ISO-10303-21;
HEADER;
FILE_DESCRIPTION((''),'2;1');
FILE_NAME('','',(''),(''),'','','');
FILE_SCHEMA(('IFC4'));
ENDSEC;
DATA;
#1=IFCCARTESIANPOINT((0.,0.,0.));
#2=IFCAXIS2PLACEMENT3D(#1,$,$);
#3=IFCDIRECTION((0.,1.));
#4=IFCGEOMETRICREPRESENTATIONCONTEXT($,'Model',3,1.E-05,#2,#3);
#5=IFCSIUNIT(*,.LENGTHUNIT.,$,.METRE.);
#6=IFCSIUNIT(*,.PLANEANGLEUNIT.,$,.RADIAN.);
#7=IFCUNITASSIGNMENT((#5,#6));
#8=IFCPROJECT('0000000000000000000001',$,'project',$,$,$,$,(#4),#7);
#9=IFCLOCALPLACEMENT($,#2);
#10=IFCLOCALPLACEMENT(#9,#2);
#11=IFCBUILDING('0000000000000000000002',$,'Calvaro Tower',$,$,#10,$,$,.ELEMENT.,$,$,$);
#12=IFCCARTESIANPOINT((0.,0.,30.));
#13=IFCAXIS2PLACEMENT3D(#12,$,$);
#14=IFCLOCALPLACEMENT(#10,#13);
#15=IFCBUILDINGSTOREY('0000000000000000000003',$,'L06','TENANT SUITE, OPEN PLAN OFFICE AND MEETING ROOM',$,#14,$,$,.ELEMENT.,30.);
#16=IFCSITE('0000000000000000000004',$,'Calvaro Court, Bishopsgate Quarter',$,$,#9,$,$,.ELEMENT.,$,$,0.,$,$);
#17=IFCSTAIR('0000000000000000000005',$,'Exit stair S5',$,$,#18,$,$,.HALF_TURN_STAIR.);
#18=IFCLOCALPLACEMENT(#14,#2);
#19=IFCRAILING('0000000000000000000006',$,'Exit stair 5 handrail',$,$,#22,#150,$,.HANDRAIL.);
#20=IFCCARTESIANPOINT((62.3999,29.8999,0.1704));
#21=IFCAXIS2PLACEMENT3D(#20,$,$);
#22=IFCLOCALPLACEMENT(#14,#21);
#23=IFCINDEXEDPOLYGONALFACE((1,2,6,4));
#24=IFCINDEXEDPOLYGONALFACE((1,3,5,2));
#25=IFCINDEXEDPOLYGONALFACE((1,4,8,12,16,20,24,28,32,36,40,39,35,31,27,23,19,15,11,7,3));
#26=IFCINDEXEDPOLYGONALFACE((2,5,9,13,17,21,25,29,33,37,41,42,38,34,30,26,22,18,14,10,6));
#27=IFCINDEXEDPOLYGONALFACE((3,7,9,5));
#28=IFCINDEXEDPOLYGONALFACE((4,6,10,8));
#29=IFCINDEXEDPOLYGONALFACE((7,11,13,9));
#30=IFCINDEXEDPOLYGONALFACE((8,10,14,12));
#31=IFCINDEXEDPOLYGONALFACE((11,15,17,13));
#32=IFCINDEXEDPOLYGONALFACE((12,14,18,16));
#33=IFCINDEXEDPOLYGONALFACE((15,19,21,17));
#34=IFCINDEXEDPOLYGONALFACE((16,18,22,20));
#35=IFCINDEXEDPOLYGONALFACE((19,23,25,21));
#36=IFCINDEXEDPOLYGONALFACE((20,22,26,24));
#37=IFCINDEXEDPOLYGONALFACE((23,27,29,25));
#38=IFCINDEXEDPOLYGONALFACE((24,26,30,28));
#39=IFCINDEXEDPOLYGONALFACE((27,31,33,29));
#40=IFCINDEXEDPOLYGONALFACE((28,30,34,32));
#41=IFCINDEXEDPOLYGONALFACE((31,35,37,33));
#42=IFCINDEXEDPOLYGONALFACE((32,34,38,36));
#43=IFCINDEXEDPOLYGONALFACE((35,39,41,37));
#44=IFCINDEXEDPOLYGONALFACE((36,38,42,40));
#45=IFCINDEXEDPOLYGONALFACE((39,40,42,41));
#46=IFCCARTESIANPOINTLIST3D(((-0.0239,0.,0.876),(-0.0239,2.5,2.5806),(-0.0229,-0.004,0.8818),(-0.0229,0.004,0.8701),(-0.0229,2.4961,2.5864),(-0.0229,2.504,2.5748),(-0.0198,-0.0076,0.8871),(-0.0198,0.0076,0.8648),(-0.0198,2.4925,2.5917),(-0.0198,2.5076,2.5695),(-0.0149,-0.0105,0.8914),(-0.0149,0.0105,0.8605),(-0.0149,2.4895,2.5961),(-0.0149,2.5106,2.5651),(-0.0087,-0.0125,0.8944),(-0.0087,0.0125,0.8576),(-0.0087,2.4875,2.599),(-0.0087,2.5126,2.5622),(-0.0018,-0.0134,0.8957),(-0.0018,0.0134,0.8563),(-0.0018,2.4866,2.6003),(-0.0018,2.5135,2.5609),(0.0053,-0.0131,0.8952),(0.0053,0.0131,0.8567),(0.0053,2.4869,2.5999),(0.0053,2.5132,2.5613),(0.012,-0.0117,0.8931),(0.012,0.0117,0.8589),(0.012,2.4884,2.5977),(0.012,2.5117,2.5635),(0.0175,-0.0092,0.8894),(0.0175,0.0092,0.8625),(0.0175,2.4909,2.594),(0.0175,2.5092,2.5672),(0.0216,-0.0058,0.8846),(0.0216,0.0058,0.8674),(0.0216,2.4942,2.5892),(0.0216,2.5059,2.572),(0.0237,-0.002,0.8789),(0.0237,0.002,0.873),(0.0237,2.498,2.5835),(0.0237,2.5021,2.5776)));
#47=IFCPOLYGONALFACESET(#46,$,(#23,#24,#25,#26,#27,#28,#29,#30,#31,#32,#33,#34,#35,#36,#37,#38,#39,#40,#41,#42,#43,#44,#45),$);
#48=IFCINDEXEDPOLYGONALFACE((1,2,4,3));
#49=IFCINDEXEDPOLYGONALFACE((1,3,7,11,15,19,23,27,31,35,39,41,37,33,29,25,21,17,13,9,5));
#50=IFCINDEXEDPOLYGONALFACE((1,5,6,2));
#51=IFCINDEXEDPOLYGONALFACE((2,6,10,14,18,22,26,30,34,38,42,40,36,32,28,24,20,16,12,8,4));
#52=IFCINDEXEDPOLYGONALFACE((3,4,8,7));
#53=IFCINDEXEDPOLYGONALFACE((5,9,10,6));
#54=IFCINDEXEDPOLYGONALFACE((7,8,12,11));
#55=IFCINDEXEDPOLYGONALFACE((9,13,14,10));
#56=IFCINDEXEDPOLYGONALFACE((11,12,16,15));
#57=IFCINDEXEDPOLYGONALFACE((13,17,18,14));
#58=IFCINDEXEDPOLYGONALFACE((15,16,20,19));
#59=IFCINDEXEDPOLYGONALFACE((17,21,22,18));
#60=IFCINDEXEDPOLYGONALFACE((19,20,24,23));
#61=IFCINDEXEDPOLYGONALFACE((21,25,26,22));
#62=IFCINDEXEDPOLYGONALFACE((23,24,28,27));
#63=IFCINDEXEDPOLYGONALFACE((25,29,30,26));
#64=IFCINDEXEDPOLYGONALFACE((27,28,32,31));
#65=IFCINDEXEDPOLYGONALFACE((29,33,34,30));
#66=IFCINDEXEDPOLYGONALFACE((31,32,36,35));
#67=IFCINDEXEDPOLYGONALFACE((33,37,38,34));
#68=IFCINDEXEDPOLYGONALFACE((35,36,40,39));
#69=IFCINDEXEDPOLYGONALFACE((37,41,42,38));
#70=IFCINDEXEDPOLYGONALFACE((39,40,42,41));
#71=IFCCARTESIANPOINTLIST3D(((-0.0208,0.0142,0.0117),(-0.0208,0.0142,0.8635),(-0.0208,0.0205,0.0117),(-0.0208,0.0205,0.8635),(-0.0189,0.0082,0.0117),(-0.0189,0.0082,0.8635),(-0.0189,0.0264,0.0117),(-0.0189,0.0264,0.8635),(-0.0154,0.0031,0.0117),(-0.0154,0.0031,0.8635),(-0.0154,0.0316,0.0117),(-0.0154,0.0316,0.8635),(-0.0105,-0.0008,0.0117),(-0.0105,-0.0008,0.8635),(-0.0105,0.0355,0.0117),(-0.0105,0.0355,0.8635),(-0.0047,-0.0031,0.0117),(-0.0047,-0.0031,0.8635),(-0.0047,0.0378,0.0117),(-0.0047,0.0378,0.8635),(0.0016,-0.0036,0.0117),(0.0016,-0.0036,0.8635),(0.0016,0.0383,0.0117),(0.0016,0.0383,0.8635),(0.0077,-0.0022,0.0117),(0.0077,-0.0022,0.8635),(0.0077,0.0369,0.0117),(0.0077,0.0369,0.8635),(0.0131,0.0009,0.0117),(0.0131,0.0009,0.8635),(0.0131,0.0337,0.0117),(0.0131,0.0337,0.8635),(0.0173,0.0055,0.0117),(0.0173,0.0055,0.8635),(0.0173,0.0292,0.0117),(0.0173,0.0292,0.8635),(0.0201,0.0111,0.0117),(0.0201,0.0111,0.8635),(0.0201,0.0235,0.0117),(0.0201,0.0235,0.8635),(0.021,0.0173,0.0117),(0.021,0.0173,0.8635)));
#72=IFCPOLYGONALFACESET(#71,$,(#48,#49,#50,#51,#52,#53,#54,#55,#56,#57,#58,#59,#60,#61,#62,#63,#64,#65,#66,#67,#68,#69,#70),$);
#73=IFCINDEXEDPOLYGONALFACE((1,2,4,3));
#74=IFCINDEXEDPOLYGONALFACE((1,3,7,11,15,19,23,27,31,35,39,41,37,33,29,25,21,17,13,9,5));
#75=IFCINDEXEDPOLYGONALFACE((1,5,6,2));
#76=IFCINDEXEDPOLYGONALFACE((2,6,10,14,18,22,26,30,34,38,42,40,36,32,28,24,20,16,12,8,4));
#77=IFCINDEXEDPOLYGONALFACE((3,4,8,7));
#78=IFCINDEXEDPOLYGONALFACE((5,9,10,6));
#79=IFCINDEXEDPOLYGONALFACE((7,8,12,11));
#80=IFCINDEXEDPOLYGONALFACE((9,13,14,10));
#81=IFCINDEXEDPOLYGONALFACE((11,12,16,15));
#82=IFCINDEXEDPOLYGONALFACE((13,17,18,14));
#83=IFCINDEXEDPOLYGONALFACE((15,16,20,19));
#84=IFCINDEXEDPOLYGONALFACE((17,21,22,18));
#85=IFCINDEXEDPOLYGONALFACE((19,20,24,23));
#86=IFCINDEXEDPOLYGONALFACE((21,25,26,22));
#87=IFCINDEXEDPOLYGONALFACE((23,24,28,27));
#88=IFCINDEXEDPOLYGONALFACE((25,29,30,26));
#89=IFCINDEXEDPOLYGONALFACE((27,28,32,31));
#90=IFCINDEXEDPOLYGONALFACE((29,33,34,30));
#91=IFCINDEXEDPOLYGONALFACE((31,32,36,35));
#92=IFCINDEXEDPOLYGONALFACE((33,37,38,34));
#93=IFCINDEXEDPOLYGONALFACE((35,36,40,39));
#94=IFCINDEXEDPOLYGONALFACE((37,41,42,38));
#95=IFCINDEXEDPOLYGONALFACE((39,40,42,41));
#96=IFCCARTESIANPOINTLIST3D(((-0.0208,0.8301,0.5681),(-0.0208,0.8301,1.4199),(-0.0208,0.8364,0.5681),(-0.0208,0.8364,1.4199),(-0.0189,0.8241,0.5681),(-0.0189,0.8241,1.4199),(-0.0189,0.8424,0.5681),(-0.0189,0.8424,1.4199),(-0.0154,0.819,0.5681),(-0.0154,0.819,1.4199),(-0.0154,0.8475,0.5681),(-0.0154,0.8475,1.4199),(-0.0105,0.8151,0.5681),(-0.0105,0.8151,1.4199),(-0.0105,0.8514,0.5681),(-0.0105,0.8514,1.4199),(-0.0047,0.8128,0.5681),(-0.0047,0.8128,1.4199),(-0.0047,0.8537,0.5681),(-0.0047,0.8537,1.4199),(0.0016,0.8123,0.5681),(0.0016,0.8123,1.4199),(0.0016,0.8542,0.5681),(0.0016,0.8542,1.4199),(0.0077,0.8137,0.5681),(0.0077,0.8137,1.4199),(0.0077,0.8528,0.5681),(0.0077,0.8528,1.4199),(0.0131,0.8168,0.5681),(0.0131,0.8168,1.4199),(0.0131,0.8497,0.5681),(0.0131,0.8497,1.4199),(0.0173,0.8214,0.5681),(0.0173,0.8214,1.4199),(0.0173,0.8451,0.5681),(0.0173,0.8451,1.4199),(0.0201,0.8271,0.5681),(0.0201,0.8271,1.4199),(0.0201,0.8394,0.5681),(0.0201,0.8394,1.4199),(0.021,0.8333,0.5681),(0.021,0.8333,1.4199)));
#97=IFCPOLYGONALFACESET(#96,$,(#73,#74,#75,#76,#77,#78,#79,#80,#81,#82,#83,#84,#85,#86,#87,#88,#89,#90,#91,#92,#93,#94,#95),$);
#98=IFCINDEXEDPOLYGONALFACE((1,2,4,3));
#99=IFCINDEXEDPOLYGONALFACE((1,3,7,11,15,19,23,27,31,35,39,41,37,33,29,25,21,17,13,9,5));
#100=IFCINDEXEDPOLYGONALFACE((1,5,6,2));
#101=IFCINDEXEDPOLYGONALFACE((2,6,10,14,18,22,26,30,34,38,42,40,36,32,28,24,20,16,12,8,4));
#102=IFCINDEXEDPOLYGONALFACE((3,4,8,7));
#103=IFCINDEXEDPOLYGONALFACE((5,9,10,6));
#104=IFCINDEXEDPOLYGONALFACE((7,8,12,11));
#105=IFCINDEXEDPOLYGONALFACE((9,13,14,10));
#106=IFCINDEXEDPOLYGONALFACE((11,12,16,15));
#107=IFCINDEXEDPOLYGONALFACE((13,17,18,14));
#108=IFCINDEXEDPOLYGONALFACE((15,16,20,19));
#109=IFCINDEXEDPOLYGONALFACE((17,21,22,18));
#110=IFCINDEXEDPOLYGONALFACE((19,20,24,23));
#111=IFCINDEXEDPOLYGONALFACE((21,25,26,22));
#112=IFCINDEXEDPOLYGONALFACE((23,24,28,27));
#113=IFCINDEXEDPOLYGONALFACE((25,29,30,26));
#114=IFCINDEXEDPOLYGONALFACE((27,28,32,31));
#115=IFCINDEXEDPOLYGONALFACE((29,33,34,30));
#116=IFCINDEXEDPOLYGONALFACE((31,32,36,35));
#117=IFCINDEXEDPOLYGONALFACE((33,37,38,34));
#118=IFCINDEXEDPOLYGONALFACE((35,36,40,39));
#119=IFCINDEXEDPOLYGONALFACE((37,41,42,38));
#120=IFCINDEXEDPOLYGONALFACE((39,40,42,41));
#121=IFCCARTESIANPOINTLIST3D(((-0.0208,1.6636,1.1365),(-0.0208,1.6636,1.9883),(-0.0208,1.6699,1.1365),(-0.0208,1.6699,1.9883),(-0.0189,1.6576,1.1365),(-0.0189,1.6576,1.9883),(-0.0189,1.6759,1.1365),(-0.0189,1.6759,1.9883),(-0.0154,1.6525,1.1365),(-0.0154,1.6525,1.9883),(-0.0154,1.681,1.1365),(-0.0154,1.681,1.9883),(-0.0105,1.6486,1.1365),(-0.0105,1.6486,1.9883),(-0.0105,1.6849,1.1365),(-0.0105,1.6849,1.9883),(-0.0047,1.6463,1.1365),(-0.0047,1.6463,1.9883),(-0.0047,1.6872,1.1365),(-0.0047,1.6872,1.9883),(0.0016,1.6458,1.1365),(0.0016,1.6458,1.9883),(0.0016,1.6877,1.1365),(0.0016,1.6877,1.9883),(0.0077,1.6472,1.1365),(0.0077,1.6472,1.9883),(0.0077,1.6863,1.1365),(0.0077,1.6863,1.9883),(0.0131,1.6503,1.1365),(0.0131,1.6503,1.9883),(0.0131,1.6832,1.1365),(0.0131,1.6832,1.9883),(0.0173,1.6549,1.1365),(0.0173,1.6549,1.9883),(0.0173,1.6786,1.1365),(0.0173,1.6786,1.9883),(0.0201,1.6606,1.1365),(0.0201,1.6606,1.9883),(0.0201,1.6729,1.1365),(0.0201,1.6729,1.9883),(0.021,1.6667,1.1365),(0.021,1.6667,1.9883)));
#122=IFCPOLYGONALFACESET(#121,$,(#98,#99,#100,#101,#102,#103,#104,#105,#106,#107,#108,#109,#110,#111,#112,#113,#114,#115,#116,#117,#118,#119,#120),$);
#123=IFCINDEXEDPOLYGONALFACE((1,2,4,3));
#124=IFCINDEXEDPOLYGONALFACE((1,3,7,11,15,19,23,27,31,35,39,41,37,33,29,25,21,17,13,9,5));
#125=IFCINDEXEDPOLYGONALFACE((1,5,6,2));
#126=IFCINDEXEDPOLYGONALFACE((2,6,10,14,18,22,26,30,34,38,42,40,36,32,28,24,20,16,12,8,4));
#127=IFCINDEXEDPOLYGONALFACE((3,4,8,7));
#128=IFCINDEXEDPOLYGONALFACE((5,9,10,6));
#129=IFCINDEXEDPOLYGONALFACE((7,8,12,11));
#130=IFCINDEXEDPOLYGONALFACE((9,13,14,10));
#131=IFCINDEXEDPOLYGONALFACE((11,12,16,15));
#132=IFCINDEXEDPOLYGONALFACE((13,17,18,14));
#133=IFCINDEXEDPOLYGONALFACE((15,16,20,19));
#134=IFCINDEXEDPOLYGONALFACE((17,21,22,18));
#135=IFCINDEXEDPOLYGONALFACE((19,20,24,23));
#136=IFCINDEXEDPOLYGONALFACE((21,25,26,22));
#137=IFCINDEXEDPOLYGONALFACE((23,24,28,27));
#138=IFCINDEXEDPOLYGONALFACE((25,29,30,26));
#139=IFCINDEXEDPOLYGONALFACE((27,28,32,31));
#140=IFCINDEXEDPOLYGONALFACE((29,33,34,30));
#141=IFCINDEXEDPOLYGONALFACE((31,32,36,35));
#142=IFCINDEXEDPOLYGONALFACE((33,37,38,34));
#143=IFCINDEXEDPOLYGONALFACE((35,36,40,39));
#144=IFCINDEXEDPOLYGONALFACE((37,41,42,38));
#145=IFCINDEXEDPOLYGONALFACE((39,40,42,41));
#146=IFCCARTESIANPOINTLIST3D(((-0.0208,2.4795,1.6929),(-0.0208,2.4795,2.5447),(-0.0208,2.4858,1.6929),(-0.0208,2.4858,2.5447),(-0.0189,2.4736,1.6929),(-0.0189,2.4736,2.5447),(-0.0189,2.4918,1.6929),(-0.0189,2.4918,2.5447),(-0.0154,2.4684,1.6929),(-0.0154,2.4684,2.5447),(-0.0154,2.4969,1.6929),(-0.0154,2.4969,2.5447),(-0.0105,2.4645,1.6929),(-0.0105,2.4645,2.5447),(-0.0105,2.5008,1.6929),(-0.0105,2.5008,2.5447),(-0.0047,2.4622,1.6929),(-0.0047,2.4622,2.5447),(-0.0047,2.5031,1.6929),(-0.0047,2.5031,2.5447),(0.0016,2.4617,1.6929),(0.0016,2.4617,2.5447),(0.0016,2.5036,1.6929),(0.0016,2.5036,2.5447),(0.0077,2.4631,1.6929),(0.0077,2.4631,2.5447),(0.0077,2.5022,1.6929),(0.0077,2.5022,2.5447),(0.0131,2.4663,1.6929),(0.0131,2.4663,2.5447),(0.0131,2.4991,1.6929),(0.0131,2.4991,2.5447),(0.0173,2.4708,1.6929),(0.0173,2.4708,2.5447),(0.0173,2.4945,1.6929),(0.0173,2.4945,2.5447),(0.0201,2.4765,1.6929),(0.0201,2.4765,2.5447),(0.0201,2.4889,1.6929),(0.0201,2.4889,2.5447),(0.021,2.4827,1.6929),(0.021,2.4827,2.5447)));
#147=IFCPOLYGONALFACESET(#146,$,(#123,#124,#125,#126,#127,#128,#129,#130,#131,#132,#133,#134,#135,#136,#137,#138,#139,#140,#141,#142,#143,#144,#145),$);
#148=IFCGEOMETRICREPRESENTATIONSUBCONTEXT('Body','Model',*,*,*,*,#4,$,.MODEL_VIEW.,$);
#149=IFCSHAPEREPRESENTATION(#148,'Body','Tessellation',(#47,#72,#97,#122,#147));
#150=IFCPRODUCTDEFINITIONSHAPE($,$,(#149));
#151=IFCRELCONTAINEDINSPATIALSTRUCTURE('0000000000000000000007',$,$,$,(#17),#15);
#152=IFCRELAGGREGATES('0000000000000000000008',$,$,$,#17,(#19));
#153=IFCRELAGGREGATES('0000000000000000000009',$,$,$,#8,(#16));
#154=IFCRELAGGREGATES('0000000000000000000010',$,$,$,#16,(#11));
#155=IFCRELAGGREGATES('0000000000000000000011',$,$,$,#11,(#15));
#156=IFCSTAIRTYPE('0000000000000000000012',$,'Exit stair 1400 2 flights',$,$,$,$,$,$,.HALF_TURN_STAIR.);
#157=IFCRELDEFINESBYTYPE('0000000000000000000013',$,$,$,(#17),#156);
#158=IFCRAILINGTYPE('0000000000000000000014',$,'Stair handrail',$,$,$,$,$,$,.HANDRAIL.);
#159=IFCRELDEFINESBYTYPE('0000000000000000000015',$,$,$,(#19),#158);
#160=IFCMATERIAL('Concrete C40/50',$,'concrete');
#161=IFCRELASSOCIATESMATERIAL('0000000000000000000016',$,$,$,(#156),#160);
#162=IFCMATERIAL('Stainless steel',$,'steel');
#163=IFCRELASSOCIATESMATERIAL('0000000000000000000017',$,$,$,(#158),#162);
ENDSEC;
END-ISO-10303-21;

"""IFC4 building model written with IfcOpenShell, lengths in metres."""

from ifc_helpers import new_model, si_unit, direction, frame, origin, origin_2d, place, context, subcontext, project, spatial, circle, extrude, material, type_object, element, aggregate, save


model = new_model("IFC4")

# Units and contexts
model_context = context("Model", 3, precision=1e-05, world=origin(), true_north=direction((0.0, 1.0)))
body_context = subcontext(model_context, "Body", "Model", "MODEL_VIEW")
ifc_project = project(units=[si_unit("LENGTHUNIT", "METRE"), si_unit("PLANEANGLEUNIT", "RADIAN")], contexts=[model_context])

# Site, building, storey
site_placement = place(None, origin())
site = spatial("IfcSite", under=ifc_project, at=site_placement, Name="Calvaro Court, Bishopsgate Quarter", CompositionType="ELEMENT", RefElevation=0.0)
building_placement = place(site_placement, origin())
building = spatial("IfcBuilding", under=site, at=building_placement, Name="Calvaro Tower", CompositionType="ELEMENT")
storey_placement = place(building_placement, frame((0.0, 0.0, 30.0)))
storey = spatial("IfcBuildingStorey", under=building, at=storey_placement, Name="L06", Description="TENANT SUITE, OPEN PLAN OFFICE AND MEETING ROOM", CompositionType="ELEMENT", Elevation=30.0)

# Stair
ifc_material_1 = material(Name="Concrete C40/50", Category="concrete")
stair_type = type_object("IfcStairType", Name="Exit stair 1400 2 flights", PredefinedType="HALF_TURN_STAIR", material=ifc_material_1)
stair_1_placement = place(storey_placement, origin())
stair_1 = element("IfcStair", 1, at=stair_1_placement, inside=storey, type_object=stair_type, Name="Exit stair S5", PredefinedType="HALF_TURN_STAIR")

# Shared definitions
ifc_material_2 = material(Name="Stainless steel", Category="steel")
railing_type = type_object("IfcRailingType", Name="Stair handrail", PredefinedType="HANDRAIL", material=ifc_material_2)

# Railing
railing_1_placement = place(storey_placement, frame((62.3999, 29.8999, 0.1704)))
railing_1 = element("IfcRailing", 2, at=railing_1_placement, type_object=railing_type, Name="Exit stair 5 handrail", PredefinedType="HANDRAIL", context=body_context, shape_type="SweptSolid", body=[
    extrude(circle(Radius=0.0239, at=origin_2d()), frame((0.0, 0.0, 0.876), z_axis=(0.0, 0.826221, 0.563347), x_axis=(-1.0, 0.0, 0.0)), (0.0, 0.0, 1.0), 3.0259),
    extrude(circle(Radius=0.021, at=origin_2d()), frame((0.0, 0.0173, 0.0117)), (0.0, 0.0, 1.0), 0.8518),
    extrude(circle(Radius=0.021, at=origin_2d()), frame((0.0, 0.8333, 0.5681)), (0.0, 0.0, 1.0), 0.8518),
    extrude(circle(Radius=0.021, at=origin_2d()), frame((0.0, 1.6667, 1.1365)), (0.0, 0.0, 1.0), 0.8518),
    extrude(circle(Radius=0.021, at=origin_2d()), frame((0.0, 2.4827, 1.6929)), (0.0, 0.0, 1.0), 0.8518),
])
aggregate(stair_1, [railing_1])

save(model, "model.ifc")
